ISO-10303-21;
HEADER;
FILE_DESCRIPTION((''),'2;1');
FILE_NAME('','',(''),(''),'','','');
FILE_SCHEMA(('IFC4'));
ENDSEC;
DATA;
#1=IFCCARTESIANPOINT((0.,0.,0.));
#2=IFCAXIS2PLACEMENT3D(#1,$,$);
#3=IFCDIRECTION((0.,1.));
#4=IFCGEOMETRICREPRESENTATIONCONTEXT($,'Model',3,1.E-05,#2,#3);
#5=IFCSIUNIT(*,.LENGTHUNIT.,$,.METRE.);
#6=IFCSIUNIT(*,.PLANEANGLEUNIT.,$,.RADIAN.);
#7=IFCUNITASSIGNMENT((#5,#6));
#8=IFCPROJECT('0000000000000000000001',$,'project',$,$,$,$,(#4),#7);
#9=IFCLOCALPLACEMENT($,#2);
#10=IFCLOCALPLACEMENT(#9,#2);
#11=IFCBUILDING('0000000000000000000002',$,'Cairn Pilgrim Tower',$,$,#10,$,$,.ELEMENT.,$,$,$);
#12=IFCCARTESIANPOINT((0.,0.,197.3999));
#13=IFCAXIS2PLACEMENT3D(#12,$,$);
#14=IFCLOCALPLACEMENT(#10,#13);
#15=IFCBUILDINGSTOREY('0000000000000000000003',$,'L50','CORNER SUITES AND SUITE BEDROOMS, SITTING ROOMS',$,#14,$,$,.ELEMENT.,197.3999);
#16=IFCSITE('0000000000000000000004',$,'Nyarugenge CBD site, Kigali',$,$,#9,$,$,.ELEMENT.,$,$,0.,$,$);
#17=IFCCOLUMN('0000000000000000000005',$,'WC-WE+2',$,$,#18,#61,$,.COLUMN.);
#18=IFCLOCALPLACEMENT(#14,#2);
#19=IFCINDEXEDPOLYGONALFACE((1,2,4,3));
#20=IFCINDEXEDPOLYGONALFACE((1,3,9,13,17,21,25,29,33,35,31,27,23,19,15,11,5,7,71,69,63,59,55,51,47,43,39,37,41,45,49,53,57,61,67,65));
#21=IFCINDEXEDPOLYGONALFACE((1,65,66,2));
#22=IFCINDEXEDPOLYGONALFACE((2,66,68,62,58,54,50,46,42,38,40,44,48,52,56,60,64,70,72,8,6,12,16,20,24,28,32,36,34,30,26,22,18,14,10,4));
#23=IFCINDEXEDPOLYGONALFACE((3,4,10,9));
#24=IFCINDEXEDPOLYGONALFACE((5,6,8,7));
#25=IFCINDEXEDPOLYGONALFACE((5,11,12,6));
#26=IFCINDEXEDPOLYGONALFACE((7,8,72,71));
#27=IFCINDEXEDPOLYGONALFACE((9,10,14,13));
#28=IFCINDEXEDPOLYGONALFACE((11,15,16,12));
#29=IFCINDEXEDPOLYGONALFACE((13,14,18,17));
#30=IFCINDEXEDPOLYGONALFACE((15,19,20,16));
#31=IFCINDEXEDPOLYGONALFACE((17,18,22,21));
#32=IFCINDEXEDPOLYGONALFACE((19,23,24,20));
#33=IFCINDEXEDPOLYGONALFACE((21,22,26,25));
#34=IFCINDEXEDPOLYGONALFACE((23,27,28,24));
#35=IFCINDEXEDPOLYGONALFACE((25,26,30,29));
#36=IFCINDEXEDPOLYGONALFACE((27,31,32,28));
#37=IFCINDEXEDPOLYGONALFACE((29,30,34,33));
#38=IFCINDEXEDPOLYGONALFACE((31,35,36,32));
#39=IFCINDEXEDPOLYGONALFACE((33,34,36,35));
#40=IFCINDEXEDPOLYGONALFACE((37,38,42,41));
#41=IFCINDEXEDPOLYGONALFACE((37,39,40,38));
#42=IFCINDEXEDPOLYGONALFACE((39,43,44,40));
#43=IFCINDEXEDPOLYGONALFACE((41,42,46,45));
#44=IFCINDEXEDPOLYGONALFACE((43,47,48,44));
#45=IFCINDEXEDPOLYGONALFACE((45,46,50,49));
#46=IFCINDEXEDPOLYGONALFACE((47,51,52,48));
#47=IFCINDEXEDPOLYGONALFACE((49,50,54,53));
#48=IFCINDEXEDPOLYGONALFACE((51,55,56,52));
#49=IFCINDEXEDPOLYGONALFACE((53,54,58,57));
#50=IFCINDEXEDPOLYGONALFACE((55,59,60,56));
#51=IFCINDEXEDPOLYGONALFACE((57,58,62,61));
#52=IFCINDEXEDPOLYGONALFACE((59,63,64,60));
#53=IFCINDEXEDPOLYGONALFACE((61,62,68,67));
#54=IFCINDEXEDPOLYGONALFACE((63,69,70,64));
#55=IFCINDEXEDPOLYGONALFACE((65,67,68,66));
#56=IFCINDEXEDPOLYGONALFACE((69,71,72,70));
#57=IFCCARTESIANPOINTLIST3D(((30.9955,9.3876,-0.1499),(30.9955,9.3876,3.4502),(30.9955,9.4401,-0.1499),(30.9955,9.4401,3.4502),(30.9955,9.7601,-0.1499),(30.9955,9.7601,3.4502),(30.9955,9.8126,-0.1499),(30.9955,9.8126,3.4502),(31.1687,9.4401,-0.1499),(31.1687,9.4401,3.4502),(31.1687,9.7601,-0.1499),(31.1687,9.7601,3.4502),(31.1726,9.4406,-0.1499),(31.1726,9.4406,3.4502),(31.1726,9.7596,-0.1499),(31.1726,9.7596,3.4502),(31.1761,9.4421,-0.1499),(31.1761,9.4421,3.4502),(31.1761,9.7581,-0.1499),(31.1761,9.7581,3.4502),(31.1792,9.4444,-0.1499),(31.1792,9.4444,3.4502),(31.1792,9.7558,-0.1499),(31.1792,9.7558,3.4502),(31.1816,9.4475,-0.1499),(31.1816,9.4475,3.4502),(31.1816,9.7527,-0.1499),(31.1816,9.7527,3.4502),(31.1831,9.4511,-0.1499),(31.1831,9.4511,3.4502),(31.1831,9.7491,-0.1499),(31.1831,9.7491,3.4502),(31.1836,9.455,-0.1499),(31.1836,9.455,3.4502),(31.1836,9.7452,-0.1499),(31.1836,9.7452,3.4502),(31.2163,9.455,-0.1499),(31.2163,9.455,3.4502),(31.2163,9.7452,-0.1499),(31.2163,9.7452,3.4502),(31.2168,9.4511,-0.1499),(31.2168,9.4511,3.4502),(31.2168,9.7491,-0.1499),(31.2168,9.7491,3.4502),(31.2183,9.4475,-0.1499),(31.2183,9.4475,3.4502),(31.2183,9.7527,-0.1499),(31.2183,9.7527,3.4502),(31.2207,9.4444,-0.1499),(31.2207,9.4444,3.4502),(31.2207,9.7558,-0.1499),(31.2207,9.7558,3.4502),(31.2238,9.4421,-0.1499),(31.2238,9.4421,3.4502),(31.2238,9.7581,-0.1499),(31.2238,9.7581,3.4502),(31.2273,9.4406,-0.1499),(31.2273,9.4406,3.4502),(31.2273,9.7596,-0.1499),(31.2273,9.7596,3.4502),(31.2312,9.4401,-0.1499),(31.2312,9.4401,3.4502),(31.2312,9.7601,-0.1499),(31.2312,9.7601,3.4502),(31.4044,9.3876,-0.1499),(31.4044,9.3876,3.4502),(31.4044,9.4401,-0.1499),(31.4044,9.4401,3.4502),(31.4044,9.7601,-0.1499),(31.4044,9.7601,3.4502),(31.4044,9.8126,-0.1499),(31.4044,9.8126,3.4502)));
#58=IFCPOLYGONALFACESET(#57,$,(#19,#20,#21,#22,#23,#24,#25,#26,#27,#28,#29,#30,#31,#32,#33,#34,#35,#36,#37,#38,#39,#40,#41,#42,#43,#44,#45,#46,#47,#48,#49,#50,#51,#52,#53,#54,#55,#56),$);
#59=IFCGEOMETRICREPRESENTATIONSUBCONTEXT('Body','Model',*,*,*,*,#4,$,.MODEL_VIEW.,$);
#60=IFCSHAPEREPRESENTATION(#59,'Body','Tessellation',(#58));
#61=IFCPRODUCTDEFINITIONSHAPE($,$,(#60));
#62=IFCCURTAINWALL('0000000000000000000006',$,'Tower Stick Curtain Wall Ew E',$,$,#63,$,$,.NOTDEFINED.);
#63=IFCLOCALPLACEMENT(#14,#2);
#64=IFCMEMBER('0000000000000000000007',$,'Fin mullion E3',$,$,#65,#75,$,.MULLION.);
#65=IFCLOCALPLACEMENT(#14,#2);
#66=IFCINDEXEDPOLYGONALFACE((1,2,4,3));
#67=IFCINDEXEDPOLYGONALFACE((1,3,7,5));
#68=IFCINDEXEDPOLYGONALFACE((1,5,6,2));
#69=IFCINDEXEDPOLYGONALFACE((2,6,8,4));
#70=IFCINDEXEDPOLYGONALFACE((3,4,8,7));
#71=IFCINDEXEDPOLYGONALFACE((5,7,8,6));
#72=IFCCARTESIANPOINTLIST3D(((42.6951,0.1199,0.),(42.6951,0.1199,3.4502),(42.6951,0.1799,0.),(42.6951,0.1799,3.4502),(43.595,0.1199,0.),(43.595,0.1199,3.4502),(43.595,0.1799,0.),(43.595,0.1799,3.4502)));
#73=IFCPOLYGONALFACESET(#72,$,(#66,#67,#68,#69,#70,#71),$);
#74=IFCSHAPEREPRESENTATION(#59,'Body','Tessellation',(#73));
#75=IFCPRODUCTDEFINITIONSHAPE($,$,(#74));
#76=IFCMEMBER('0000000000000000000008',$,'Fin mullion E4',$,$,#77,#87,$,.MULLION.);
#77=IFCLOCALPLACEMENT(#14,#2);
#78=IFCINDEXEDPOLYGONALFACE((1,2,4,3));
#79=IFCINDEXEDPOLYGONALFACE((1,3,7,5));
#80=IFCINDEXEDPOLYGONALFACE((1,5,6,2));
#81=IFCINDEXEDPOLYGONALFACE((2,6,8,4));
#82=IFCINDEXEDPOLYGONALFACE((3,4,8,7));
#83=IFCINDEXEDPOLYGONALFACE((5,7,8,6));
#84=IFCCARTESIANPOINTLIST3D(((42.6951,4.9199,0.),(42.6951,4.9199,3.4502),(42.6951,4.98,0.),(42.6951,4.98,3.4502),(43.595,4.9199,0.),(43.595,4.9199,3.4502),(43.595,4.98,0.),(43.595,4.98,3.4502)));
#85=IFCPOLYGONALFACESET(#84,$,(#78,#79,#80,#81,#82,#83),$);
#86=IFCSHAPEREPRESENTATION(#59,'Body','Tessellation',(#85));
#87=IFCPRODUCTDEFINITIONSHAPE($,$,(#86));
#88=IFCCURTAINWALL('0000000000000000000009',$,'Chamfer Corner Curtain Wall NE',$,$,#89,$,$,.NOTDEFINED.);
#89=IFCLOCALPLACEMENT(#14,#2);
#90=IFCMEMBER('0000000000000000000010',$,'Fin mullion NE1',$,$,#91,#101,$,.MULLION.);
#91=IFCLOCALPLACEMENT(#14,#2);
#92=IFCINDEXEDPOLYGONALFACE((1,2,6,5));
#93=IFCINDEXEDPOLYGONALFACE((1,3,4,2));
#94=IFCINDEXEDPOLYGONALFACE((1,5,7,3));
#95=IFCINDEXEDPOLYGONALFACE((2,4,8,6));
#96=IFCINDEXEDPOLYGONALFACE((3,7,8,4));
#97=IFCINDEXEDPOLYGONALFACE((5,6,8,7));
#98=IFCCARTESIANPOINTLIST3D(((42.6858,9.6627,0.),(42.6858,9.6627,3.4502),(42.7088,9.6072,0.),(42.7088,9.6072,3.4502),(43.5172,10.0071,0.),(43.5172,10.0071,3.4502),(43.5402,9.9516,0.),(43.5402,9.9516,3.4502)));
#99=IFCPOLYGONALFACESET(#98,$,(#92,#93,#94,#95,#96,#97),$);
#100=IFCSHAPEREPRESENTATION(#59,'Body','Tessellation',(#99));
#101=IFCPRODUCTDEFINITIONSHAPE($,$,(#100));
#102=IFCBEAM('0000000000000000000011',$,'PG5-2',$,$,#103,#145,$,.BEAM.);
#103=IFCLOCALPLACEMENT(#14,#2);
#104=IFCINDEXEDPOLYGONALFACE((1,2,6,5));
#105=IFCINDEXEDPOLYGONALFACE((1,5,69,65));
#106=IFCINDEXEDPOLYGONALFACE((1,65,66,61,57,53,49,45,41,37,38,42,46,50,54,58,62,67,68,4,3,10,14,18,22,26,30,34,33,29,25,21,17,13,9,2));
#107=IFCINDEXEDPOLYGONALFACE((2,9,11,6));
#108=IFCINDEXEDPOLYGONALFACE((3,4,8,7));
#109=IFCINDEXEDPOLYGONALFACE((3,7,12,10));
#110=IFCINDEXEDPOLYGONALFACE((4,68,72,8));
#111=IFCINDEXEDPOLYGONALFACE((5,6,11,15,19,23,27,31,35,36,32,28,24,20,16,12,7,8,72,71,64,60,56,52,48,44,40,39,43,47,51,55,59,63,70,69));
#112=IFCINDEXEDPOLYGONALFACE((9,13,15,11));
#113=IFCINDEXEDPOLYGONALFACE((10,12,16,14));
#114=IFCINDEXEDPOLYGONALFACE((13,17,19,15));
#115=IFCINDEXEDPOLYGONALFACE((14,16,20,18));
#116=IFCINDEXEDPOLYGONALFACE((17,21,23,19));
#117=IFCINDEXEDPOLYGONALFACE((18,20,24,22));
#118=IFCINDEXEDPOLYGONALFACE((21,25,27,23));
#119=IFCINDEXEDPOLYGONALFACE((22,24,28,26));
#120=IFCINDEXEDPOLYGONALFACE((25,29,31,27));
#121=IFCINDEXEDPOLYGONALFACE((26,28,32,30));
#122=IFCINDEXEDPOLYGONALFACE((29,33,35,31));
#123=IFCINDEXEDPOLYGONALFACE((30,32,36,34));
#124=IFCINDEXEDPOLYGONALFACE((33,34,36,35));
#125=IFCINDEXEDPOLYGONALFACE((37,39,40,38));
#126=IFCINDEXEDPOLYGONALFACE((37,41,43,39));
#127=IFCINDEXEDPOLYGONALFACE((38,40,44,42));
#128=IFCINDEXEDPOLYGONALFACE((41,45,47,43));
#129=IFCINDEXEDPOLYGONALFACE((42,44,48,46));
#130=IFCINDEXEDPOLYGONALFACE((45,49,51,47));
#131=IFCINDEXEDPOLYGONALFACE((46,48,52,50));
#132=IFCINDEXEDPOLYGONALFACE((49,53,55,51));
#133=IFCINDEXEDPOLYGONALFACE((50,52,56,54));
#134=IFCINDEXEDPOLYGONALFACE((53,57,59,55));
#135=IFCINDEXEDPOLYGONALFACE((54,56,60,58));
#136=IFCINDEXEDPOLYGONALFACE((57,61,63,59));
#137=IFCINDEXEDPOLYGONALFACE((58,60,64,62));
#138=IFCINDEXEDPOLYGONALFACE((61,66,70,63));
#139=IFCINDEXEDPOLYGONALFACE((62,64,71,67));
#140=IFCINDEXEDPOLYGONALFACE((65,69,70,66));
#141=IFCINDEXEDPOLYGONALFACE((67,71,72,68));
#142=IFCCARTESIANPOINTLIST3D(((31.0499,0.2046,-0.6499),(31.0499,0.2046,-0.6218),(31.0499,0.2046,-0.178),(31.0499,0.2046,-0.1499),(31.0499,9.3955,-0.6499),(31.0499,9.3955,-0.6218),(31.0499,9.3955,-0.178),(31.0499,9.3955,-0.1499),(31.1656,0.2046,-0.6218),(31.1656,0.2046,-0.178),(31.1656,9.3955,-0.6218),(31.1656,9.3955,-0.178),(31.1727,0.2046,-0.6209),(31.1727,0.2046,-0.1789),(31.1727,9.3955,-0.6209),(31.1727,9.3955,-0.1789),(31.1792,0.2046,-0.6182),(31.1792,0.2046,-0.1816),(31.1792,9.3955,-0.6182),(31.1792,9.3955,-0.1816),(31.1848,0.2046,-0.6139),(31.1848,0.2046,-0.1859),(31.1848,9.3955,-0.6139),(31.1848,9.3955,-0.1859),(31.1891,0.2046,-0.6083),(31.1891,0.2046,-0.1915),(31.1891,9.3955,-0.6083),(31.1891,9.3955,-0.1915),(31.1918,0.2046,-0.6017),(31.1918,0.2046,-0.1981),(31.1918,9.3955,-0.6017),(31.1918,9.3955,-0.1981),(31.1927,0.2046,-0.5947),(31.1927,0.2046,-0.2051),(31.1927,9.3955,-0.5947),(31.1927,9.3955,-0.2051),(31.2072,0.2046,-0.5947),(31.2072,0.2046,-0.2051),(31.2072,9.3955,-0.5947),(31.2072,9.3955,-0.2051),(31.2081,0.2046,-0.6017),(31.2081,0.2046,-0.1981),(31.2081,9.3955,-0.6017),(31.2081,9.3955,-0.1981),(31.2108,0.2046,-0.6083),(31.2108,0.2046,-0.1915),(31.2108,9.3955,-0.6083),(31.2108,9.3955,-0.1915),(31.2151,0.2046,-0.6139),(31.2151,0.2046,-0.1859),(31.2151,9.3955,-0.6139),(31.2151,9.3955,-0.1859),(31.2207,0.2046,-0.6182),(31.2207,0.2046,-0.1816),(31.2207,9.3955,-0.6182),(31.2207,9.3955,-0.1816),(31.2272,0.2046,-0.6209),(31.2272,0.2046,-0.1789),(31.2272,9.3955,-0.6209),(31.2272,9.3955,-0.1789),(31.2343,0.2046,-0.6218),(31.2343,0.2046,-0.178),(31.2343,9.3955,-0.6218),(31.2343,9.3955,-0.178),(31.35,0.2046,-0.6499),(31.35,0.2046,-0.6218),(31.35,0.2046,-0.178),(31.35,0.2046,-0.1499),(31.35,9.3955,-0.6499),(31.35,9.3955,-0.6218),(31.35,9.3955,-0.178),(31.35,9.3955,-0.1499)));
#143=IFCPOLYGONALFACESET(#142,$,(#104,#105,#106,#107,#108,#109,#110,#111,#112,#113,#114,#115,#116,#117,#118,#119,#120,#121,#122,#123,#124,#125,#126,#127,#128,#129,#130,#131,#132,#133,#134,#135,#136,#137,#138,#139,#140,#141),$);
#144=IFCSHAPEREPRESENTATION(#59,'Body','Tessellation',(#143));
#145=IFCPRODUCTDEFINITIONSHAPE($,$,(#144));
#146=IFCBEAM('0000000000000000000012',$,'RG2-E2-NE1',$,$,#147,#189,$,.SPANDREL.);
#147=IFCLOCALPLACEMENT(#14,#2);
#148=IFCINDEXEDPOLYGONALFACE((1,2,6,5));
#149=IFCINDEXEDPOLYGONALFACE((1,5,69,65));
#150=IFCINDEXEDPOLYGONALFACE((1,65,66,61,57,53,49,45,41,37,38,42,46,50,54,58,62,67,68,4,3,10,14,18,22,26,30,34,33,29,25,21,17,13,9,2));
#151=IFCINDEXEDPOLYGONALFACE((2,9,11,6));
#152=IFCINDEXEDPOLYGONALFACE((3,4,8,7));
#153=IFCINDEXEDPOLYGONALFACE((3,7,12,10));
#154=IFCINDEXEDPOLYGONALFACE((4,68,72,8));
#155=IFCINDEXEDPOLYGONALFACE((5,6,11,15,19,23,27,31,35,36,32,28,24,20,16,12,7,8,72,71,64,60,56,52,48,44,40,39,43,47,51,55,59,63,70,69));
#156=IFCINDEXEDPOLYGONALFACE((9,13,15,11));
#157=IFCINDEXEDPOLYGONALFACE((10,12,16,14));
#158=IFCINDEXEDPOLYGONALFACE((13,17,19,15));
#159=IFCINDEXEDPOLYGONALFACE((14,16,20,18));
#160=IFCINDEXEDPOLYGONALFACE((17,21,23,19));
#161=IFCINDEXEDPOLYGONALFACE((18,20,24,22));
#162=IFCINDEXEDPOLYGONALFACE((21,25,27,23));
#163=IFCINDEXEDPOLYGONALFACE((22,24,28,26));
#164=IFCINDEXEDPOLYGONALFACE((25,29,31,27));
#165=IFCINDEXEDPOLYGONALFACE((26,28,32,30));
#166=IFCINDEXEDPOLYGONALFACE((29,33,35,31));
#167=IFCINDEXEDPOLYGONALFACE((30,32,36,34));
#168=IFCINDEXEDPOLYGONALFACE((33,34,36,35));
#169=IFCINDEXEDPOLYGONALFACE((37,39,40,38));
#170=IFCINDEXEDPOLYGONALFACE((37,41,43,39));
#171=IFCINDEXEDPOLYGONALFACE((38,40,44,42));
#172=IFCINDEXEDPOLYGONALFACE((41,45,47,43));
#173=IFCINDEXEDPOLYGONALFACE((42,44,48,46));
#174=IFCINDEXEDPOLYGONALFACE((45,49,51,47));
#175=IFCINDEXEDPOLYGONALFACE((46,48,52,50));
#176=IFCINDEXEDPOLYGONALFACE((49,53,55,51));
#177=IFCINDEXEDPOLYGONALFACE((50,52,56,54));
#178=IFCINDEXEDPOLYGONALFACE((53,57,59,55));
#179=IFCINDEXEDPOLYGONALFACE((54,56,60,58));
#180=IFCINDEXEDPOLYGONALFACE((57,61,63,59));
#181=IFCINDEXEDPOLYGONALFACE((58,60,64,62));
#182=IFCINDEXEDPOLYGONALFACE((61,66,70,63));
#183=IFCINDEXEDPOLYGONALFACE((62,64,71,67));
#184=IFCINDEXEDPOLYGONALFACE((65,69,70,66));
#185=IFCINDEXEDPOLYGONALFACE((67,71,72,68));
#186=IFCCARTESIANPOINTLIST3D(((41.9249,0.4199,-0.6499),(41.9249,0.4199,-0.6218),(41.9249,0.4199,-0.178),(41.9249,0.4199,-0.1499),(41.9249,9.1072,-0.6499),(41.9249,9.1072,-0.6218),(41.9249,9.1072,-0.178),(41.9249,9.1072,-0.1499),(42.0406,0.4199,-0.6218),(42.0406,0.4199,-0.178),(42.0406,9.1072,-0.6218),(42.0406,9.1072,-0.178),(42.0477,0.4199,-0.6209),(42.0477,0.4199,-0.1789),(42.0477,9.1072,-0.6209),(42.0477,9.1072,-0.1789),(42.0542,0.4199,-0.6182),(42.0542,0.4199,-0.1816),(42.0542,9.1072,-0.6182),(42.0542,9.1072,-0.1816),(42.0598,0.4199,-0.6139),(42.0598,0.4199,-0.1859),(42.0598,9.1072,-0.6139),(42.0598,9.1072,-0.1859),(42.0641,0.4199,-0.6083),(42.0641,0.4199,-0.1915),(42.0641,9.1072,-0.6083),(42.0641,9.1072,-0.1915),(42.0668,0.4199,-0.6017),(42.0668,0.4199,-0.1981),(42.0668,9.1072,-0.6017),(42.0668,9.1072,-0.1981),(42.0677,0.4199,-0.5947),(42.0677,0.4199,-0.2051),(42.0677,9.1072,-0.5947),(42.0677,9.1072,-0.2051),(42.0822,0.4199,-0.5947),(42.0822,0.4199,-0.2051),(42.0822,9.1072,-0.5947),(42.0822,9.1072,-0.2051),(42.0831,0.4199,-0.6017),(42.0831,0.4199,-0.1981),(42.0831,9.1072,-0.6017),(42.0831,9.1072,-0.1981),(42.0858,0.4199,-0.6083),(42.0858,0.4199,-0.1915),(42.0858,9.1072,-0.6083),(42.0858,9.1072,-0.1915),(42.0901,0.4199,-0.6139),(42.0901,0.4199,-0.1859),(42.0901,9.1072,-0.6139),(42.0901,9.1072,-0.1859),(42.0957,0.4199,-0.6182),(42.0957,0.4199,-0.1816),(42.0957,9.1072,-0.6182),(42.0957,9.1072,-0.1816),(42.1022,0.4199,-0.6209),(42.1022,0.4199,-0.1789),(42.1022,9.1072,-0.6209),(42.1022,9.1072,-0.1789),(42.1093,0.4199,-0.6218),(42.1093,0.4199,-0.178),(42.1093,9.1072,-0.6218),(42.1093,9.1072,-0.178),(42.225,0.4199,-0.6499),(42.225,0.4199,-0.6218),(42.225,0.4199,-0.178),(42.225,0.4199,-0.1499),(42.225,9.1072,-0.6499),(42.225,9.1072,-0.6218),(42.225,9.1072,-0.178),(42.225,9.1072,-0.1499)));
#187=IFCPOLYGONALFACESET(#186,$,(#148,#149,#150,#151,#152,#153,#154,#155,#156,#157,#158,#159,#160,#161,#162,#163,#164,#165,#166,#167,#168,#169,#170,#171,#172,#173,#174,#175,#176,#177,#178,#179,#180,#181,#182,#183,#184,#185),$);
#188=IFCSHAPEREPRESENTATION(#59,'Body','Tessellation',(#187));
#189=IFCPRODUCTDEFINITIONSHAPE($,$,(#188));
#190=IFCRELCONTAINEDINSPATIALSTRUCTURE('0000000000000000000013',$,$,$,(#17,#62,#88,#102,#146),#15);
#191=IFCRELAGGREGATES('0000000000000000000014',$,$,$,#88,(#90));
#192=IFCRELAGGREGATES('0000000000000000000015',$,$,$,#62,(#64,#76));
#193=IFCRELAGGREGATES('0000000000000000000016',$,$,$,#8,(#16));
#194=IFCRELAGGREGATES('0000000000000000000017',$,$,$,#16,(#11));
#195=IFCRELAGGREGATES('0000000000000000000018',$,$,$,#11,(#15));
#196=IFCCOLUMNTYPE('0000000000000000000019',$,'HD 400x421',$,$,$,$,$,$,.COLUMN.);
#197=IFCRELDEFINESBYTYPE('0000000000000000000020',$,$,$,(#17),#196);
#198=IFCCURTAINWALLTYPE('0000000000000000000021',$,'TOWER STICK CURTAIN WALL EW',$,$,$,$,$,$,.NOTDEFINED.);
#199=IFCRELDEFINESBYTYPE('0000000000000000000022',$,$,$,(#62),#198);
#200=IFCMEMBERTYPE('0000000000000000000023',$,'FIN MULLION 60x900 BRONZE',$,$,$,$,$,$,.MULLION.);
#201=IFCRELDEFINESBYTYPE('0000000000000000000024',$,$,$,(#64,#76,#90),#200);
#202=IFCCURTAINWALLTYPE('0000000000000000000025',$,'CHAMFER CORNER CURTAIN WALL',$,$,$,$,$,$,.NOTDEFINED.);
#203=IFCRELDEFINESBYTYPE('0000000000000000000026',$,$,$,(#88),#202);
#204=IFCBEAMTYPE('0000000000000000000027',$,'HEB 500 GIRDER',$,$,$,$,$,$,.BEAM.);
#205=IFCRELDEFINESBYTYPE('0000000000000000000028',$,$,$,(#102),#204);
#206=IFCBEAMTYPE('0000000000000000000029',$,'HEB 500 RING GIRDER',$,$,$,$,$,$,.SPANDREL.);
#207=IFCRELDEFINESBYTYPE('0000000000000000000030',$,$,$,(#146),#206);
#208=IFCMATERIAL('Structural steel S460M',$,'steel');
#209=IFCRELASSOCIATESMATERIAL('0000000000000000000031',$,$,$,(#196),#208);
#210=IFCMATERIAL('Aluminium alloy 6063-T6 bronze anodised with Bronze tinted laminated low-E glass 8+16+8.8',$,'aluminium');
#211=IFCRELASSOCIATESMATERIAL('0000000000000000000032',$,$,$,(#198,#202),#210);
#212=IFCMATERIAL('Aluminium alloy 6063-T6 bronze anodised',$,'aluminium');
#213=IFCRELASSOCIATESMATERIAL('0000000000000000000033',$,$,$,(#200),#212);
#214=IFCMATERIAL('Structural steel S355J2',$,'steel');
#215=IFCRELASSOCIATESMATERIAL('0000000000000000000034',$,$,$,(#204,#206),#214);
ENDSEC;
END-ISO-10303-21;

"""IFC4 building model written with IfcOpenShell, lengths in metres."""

from ifc_helpers import new_model, si_unit, direction, frame, origin, origin_2d, place, context, subcontext, project, spatial, rectangle, i_section, extrude, material, material_profile, profile_set, type_object, element, aggregate, save


model = new_model("IFC4")

# Units and contexts
model_context = context("Model", 3, precision=1e-05, world=origin(), true_north=direction((0.0, 1.0)))
body_context = subcontext(model_context, "Body", "Model", "MODEL_VIEW")
ifc_project = project(units=[si_unit("LENGTHUNIT", "METRE"), si_unit("PLANEANGLEUNIT", "RADIAN")], contexts=[model_context])

# Site, building, storey
site_placement = place(None, origin())
site = spatial("IfcSite", under=ifc_project, at=site_placement, Name="Nyarugenge CBD site, Kigali", CompositionType="ELEMENT", RefElevation=0.0)
building_placement = place(site_placement, origin())
building = spatial("IfcBuilding", under=site, at=building_placement, Name="Cairn Pilgrim Tower", CompositionType="ELEMENT")
storey_placement = place(building_placement, frame((0.0, 0.0, 197.3999)))
storey = spatial("IfcBuildingStorey", under=building, at=storey_placement, Name="L50", Description="CORNER SUITES AND SUITE BEDROOMS, SITTING ROOMS", CompositionType="ELEMENT", Elevation=197.3999)

# Column
ifc_material_1 = material(Name="Structural steel S460M", Category="steel")
ifc_material_profile_1 = material_profile(ifc_material_1, i_section(OverallWidth=0.4089, OverallDepth=0.425, WebThickness=0.0327, FlangeThickness=0.0525, FilletRadius=0.0149, at=origin_2d()), Name="HD 400x421")
ifc_profile_set_1 = profile_set([ifc_material_profile_1], Name="Structural steel S460M")
column_type_1 = type_object("IfcColumnType", Name="HD 400x421", PredefinedType="COLUMN", material=ifc_profile_set_1)
column_placement = place(storey_placement, frame((31.2, 9.6001, -0.1499), z_axis=(0.0, 0.0, 1.0), x_axis=(1.0, 0.0, 0.0)))
element("IfcColumn", 1, at=column_placement, inside=storey, type_object=column_type_1, Name="WC-WE+2", PredefinedType="COLUMN", context=body_context, shape_type="SweptSolid", body=[
    extrude(i_section(OverallWidth=0.4089, OverallDepth=0.425, WebThickness=0.0327, FlangeThickness=0.0525, FilletRadius=0.0149, at=origin_2d()), origin(), (0.0, 0.0, 1.0), 3.6001),
])

# Curtain wall, members
ifc_material_2 = material(Name="Aluminium alloy 6063-T6 bronze anodised with Bronze tinted laminated low-E glass 8+16+8.8", Category="aluminium")
curtain_wall_type_1 = type_object("IfcCurtainWallType", Name="TOWER STICK CURTAIN WALL EW", PredefinedType="NOTDEFINED", material=ifc_material_2)
curtain_wall_1_placement = place(storey_placement, origin())
curtain_wall_1 = element("IfcCurtainWall", 2, at=curtain_wall_1_placement, inside=storey, type_object=curtain_wall_type_1, Name="Tower Stick Curtain Wall Ew E", PredefinedType="NOTDEFINED")
ifc_material_3 = material(Name="Aluminium alloy 6063-T6 bronze anodised", Category="aluminium")
ifc_material_profile_2 = material_profile(ifc_material_3, rectangle(XDim=0.8999, YDim=0.0601, at=origin_2d()), Name="FIN MULLION 60x900 BRONZE")
ifc_profile_set_2 = profile_set([ifc_material_profile_2], Name="Aluminium alloy 6063-T6 bronze anodised")
member_type_1 = type_object("IfcMemberType", Name="FIN MULLION 60x900 BRONZE", PredefinedType="MULLION", material=ifc_profile_set_2)
member_1_placement = place(storey_placement, frame((43.145, 0.1499, 0.0), z_axis=(0.0, 0.0, 1.0), x_axis=(1.0, 0.0, 0.0)))
member_1 = element("IfcMember", 3, at=member_1_placement, type_object=member_type_1, Name="Fin mullion E3", PredefinedType="MULLION", context=body_context, shape_type="SweptSolid", body=[
    extrude(rectangle(XDim=0.8999, YDim=0.0601, at=origin_2d()), origin(), (0.0, 0.0, 1.0), 3.4502),
])
member_2_placement = place(storey_placement, frame((43.145, 4.95, 0.0), z_axis=(0.0, 0.0, 1.0), x_axis=(1.0, 0.0, 0.0)))
member_2 = element("IfcMember", 4, at=member_2_placement, type_object=member_type_1, Name="Fin mullion E4", PredefinedType="MULLION", context=body_context, shape_type="SweptSolid", body=[
    extrude(rectangle(XDim=0.8999, YDim=0.0601, at=origin_2d()), origin(), (0.0, 0.0, 1.0), 3.4502),
])

# Curtain wall, member
curtain_wall_type_2 = type_object("IfcCurtainWallType", Name="CHAMFER CORNER CURTAIN WALL", PredefinedType="NOTDEFINED", material=ifc_material_2)
curtain_wall_2_placement = place(storey_placement, origin())
curtain_wall_2 = element("IfcCurtainWall", 5, at=curtain_wall_2_placement, inside=storey, type_object=curtain_wall_type_2, Name="Chamfer Corner Curtain Wall NE", PredefinedType="NOTDEFINED")
member_3_placement = place(storey_placement, frame((43.113, 9.8071, 0.0), z_axis=(0.0, 0.0, 1.0), x_axis=(0.92388, 0.382683, 0.0)))
member_3 = element("IfcMember", 6, at=member_3_placement, type_object=member_type_1, Name="Fin mullion NE1", PredefinedType="MULLION", context=body_context, shape_type="SweptSolid", body=[
    extrude(rectangle(XDim=0.8999, YDim=0.0601, at=origin_2d()), origin(), (0.0, 0.0, 1.0), 3.4502),
])
aggregate(curtain_wall_2, [member_3])

# Beams
ifc_material_4 = material(Name="Structural steel S355J2", Category="steel")
ifc_material_profile_3 = material_profile(ifc_material_4, i_section(OverallWidth=0.3, OverallDepth=0.5, WebThickness=0.0144, FlangeThickness=0.0281, FilletRadius=0.0271, at=origin_2d()), Name="HEB 500")
ifc_profile_set_3 = profile_set([ifc_material_profile_3], Name="Structural steel S355J2")
beam_type_1 = type_object("IfcBeamType", Name="HEB 500 GIRDER", PredefinedType="BEAM", material=ifc_profile_set_3)
beam_1_placement = place(storey_placement, frame((31.2, 0.2046, -0.3999), z_axis=(0.0, 1.0, 0.0), x_axis=(-1.0, 0.0, 0.0)))
element("IfcBeam", 7, at=beam_1_placement, inside=storey, type_object=beam_type_1, Name="PG5-2", PredefinedType="BEAM", context=body_context, shape_type="SweptSolid", body=[
    extrude(i_section(OverallWidth=0.3, OverallDepth=0.5, WebThickness=0.0144, FlangeThickness=0.0281, FilletRadius=0.0271, at=origin_2d()), origin(), (0.0, 0.0, 1.0), 9.1909),
])
ifc_material_profile_4 = material_profile(ifc_material_4, i_section(OverallWidth=0.3, OverallDepth=0.5, WebThickness=0.0144, FlangeThickness=0.0281, FilletRadius=0.0271, at=origin_2d()), Name="HEB 500")
ifc_profile_set_4 = profile_set([ifc_material_profile_4], Name="Structural steel S355J2")
beam_type_2 = type_object("IfcBeamType", Name="HEB 500 RING GIRDER", PredefinedType="SPANDREL", material=ifc_profile_set_4)
beam_2_placement = place(storey_placement, frame((42.075, 0.4199, -0.3999), z_axis=(0.0, 1.0, 0.0), x_axis=(-1.0, 0.0, 0.0)))
element("IfcBeam", 8, at=beam_2_placement, inside=storey, type_object=beam_type_2, Name="RG2-E2-NE1", PredefinedType="SPANDREL", context=body_context, shape_type="SweptSolid", body=[
    extrude(i_section(OverallWidth=0.3, OverallDepth=0.5, WebThickness=0.0144, FlangeThickness=0.0281, FilletRadius=0.0271, at=origin_2d()), origin(), (0.0, 0.0, 1.0), 8.6873),
])

aggregate(curtain_wall_1, [member_1, member_2])

save(model, "model.ifc")
